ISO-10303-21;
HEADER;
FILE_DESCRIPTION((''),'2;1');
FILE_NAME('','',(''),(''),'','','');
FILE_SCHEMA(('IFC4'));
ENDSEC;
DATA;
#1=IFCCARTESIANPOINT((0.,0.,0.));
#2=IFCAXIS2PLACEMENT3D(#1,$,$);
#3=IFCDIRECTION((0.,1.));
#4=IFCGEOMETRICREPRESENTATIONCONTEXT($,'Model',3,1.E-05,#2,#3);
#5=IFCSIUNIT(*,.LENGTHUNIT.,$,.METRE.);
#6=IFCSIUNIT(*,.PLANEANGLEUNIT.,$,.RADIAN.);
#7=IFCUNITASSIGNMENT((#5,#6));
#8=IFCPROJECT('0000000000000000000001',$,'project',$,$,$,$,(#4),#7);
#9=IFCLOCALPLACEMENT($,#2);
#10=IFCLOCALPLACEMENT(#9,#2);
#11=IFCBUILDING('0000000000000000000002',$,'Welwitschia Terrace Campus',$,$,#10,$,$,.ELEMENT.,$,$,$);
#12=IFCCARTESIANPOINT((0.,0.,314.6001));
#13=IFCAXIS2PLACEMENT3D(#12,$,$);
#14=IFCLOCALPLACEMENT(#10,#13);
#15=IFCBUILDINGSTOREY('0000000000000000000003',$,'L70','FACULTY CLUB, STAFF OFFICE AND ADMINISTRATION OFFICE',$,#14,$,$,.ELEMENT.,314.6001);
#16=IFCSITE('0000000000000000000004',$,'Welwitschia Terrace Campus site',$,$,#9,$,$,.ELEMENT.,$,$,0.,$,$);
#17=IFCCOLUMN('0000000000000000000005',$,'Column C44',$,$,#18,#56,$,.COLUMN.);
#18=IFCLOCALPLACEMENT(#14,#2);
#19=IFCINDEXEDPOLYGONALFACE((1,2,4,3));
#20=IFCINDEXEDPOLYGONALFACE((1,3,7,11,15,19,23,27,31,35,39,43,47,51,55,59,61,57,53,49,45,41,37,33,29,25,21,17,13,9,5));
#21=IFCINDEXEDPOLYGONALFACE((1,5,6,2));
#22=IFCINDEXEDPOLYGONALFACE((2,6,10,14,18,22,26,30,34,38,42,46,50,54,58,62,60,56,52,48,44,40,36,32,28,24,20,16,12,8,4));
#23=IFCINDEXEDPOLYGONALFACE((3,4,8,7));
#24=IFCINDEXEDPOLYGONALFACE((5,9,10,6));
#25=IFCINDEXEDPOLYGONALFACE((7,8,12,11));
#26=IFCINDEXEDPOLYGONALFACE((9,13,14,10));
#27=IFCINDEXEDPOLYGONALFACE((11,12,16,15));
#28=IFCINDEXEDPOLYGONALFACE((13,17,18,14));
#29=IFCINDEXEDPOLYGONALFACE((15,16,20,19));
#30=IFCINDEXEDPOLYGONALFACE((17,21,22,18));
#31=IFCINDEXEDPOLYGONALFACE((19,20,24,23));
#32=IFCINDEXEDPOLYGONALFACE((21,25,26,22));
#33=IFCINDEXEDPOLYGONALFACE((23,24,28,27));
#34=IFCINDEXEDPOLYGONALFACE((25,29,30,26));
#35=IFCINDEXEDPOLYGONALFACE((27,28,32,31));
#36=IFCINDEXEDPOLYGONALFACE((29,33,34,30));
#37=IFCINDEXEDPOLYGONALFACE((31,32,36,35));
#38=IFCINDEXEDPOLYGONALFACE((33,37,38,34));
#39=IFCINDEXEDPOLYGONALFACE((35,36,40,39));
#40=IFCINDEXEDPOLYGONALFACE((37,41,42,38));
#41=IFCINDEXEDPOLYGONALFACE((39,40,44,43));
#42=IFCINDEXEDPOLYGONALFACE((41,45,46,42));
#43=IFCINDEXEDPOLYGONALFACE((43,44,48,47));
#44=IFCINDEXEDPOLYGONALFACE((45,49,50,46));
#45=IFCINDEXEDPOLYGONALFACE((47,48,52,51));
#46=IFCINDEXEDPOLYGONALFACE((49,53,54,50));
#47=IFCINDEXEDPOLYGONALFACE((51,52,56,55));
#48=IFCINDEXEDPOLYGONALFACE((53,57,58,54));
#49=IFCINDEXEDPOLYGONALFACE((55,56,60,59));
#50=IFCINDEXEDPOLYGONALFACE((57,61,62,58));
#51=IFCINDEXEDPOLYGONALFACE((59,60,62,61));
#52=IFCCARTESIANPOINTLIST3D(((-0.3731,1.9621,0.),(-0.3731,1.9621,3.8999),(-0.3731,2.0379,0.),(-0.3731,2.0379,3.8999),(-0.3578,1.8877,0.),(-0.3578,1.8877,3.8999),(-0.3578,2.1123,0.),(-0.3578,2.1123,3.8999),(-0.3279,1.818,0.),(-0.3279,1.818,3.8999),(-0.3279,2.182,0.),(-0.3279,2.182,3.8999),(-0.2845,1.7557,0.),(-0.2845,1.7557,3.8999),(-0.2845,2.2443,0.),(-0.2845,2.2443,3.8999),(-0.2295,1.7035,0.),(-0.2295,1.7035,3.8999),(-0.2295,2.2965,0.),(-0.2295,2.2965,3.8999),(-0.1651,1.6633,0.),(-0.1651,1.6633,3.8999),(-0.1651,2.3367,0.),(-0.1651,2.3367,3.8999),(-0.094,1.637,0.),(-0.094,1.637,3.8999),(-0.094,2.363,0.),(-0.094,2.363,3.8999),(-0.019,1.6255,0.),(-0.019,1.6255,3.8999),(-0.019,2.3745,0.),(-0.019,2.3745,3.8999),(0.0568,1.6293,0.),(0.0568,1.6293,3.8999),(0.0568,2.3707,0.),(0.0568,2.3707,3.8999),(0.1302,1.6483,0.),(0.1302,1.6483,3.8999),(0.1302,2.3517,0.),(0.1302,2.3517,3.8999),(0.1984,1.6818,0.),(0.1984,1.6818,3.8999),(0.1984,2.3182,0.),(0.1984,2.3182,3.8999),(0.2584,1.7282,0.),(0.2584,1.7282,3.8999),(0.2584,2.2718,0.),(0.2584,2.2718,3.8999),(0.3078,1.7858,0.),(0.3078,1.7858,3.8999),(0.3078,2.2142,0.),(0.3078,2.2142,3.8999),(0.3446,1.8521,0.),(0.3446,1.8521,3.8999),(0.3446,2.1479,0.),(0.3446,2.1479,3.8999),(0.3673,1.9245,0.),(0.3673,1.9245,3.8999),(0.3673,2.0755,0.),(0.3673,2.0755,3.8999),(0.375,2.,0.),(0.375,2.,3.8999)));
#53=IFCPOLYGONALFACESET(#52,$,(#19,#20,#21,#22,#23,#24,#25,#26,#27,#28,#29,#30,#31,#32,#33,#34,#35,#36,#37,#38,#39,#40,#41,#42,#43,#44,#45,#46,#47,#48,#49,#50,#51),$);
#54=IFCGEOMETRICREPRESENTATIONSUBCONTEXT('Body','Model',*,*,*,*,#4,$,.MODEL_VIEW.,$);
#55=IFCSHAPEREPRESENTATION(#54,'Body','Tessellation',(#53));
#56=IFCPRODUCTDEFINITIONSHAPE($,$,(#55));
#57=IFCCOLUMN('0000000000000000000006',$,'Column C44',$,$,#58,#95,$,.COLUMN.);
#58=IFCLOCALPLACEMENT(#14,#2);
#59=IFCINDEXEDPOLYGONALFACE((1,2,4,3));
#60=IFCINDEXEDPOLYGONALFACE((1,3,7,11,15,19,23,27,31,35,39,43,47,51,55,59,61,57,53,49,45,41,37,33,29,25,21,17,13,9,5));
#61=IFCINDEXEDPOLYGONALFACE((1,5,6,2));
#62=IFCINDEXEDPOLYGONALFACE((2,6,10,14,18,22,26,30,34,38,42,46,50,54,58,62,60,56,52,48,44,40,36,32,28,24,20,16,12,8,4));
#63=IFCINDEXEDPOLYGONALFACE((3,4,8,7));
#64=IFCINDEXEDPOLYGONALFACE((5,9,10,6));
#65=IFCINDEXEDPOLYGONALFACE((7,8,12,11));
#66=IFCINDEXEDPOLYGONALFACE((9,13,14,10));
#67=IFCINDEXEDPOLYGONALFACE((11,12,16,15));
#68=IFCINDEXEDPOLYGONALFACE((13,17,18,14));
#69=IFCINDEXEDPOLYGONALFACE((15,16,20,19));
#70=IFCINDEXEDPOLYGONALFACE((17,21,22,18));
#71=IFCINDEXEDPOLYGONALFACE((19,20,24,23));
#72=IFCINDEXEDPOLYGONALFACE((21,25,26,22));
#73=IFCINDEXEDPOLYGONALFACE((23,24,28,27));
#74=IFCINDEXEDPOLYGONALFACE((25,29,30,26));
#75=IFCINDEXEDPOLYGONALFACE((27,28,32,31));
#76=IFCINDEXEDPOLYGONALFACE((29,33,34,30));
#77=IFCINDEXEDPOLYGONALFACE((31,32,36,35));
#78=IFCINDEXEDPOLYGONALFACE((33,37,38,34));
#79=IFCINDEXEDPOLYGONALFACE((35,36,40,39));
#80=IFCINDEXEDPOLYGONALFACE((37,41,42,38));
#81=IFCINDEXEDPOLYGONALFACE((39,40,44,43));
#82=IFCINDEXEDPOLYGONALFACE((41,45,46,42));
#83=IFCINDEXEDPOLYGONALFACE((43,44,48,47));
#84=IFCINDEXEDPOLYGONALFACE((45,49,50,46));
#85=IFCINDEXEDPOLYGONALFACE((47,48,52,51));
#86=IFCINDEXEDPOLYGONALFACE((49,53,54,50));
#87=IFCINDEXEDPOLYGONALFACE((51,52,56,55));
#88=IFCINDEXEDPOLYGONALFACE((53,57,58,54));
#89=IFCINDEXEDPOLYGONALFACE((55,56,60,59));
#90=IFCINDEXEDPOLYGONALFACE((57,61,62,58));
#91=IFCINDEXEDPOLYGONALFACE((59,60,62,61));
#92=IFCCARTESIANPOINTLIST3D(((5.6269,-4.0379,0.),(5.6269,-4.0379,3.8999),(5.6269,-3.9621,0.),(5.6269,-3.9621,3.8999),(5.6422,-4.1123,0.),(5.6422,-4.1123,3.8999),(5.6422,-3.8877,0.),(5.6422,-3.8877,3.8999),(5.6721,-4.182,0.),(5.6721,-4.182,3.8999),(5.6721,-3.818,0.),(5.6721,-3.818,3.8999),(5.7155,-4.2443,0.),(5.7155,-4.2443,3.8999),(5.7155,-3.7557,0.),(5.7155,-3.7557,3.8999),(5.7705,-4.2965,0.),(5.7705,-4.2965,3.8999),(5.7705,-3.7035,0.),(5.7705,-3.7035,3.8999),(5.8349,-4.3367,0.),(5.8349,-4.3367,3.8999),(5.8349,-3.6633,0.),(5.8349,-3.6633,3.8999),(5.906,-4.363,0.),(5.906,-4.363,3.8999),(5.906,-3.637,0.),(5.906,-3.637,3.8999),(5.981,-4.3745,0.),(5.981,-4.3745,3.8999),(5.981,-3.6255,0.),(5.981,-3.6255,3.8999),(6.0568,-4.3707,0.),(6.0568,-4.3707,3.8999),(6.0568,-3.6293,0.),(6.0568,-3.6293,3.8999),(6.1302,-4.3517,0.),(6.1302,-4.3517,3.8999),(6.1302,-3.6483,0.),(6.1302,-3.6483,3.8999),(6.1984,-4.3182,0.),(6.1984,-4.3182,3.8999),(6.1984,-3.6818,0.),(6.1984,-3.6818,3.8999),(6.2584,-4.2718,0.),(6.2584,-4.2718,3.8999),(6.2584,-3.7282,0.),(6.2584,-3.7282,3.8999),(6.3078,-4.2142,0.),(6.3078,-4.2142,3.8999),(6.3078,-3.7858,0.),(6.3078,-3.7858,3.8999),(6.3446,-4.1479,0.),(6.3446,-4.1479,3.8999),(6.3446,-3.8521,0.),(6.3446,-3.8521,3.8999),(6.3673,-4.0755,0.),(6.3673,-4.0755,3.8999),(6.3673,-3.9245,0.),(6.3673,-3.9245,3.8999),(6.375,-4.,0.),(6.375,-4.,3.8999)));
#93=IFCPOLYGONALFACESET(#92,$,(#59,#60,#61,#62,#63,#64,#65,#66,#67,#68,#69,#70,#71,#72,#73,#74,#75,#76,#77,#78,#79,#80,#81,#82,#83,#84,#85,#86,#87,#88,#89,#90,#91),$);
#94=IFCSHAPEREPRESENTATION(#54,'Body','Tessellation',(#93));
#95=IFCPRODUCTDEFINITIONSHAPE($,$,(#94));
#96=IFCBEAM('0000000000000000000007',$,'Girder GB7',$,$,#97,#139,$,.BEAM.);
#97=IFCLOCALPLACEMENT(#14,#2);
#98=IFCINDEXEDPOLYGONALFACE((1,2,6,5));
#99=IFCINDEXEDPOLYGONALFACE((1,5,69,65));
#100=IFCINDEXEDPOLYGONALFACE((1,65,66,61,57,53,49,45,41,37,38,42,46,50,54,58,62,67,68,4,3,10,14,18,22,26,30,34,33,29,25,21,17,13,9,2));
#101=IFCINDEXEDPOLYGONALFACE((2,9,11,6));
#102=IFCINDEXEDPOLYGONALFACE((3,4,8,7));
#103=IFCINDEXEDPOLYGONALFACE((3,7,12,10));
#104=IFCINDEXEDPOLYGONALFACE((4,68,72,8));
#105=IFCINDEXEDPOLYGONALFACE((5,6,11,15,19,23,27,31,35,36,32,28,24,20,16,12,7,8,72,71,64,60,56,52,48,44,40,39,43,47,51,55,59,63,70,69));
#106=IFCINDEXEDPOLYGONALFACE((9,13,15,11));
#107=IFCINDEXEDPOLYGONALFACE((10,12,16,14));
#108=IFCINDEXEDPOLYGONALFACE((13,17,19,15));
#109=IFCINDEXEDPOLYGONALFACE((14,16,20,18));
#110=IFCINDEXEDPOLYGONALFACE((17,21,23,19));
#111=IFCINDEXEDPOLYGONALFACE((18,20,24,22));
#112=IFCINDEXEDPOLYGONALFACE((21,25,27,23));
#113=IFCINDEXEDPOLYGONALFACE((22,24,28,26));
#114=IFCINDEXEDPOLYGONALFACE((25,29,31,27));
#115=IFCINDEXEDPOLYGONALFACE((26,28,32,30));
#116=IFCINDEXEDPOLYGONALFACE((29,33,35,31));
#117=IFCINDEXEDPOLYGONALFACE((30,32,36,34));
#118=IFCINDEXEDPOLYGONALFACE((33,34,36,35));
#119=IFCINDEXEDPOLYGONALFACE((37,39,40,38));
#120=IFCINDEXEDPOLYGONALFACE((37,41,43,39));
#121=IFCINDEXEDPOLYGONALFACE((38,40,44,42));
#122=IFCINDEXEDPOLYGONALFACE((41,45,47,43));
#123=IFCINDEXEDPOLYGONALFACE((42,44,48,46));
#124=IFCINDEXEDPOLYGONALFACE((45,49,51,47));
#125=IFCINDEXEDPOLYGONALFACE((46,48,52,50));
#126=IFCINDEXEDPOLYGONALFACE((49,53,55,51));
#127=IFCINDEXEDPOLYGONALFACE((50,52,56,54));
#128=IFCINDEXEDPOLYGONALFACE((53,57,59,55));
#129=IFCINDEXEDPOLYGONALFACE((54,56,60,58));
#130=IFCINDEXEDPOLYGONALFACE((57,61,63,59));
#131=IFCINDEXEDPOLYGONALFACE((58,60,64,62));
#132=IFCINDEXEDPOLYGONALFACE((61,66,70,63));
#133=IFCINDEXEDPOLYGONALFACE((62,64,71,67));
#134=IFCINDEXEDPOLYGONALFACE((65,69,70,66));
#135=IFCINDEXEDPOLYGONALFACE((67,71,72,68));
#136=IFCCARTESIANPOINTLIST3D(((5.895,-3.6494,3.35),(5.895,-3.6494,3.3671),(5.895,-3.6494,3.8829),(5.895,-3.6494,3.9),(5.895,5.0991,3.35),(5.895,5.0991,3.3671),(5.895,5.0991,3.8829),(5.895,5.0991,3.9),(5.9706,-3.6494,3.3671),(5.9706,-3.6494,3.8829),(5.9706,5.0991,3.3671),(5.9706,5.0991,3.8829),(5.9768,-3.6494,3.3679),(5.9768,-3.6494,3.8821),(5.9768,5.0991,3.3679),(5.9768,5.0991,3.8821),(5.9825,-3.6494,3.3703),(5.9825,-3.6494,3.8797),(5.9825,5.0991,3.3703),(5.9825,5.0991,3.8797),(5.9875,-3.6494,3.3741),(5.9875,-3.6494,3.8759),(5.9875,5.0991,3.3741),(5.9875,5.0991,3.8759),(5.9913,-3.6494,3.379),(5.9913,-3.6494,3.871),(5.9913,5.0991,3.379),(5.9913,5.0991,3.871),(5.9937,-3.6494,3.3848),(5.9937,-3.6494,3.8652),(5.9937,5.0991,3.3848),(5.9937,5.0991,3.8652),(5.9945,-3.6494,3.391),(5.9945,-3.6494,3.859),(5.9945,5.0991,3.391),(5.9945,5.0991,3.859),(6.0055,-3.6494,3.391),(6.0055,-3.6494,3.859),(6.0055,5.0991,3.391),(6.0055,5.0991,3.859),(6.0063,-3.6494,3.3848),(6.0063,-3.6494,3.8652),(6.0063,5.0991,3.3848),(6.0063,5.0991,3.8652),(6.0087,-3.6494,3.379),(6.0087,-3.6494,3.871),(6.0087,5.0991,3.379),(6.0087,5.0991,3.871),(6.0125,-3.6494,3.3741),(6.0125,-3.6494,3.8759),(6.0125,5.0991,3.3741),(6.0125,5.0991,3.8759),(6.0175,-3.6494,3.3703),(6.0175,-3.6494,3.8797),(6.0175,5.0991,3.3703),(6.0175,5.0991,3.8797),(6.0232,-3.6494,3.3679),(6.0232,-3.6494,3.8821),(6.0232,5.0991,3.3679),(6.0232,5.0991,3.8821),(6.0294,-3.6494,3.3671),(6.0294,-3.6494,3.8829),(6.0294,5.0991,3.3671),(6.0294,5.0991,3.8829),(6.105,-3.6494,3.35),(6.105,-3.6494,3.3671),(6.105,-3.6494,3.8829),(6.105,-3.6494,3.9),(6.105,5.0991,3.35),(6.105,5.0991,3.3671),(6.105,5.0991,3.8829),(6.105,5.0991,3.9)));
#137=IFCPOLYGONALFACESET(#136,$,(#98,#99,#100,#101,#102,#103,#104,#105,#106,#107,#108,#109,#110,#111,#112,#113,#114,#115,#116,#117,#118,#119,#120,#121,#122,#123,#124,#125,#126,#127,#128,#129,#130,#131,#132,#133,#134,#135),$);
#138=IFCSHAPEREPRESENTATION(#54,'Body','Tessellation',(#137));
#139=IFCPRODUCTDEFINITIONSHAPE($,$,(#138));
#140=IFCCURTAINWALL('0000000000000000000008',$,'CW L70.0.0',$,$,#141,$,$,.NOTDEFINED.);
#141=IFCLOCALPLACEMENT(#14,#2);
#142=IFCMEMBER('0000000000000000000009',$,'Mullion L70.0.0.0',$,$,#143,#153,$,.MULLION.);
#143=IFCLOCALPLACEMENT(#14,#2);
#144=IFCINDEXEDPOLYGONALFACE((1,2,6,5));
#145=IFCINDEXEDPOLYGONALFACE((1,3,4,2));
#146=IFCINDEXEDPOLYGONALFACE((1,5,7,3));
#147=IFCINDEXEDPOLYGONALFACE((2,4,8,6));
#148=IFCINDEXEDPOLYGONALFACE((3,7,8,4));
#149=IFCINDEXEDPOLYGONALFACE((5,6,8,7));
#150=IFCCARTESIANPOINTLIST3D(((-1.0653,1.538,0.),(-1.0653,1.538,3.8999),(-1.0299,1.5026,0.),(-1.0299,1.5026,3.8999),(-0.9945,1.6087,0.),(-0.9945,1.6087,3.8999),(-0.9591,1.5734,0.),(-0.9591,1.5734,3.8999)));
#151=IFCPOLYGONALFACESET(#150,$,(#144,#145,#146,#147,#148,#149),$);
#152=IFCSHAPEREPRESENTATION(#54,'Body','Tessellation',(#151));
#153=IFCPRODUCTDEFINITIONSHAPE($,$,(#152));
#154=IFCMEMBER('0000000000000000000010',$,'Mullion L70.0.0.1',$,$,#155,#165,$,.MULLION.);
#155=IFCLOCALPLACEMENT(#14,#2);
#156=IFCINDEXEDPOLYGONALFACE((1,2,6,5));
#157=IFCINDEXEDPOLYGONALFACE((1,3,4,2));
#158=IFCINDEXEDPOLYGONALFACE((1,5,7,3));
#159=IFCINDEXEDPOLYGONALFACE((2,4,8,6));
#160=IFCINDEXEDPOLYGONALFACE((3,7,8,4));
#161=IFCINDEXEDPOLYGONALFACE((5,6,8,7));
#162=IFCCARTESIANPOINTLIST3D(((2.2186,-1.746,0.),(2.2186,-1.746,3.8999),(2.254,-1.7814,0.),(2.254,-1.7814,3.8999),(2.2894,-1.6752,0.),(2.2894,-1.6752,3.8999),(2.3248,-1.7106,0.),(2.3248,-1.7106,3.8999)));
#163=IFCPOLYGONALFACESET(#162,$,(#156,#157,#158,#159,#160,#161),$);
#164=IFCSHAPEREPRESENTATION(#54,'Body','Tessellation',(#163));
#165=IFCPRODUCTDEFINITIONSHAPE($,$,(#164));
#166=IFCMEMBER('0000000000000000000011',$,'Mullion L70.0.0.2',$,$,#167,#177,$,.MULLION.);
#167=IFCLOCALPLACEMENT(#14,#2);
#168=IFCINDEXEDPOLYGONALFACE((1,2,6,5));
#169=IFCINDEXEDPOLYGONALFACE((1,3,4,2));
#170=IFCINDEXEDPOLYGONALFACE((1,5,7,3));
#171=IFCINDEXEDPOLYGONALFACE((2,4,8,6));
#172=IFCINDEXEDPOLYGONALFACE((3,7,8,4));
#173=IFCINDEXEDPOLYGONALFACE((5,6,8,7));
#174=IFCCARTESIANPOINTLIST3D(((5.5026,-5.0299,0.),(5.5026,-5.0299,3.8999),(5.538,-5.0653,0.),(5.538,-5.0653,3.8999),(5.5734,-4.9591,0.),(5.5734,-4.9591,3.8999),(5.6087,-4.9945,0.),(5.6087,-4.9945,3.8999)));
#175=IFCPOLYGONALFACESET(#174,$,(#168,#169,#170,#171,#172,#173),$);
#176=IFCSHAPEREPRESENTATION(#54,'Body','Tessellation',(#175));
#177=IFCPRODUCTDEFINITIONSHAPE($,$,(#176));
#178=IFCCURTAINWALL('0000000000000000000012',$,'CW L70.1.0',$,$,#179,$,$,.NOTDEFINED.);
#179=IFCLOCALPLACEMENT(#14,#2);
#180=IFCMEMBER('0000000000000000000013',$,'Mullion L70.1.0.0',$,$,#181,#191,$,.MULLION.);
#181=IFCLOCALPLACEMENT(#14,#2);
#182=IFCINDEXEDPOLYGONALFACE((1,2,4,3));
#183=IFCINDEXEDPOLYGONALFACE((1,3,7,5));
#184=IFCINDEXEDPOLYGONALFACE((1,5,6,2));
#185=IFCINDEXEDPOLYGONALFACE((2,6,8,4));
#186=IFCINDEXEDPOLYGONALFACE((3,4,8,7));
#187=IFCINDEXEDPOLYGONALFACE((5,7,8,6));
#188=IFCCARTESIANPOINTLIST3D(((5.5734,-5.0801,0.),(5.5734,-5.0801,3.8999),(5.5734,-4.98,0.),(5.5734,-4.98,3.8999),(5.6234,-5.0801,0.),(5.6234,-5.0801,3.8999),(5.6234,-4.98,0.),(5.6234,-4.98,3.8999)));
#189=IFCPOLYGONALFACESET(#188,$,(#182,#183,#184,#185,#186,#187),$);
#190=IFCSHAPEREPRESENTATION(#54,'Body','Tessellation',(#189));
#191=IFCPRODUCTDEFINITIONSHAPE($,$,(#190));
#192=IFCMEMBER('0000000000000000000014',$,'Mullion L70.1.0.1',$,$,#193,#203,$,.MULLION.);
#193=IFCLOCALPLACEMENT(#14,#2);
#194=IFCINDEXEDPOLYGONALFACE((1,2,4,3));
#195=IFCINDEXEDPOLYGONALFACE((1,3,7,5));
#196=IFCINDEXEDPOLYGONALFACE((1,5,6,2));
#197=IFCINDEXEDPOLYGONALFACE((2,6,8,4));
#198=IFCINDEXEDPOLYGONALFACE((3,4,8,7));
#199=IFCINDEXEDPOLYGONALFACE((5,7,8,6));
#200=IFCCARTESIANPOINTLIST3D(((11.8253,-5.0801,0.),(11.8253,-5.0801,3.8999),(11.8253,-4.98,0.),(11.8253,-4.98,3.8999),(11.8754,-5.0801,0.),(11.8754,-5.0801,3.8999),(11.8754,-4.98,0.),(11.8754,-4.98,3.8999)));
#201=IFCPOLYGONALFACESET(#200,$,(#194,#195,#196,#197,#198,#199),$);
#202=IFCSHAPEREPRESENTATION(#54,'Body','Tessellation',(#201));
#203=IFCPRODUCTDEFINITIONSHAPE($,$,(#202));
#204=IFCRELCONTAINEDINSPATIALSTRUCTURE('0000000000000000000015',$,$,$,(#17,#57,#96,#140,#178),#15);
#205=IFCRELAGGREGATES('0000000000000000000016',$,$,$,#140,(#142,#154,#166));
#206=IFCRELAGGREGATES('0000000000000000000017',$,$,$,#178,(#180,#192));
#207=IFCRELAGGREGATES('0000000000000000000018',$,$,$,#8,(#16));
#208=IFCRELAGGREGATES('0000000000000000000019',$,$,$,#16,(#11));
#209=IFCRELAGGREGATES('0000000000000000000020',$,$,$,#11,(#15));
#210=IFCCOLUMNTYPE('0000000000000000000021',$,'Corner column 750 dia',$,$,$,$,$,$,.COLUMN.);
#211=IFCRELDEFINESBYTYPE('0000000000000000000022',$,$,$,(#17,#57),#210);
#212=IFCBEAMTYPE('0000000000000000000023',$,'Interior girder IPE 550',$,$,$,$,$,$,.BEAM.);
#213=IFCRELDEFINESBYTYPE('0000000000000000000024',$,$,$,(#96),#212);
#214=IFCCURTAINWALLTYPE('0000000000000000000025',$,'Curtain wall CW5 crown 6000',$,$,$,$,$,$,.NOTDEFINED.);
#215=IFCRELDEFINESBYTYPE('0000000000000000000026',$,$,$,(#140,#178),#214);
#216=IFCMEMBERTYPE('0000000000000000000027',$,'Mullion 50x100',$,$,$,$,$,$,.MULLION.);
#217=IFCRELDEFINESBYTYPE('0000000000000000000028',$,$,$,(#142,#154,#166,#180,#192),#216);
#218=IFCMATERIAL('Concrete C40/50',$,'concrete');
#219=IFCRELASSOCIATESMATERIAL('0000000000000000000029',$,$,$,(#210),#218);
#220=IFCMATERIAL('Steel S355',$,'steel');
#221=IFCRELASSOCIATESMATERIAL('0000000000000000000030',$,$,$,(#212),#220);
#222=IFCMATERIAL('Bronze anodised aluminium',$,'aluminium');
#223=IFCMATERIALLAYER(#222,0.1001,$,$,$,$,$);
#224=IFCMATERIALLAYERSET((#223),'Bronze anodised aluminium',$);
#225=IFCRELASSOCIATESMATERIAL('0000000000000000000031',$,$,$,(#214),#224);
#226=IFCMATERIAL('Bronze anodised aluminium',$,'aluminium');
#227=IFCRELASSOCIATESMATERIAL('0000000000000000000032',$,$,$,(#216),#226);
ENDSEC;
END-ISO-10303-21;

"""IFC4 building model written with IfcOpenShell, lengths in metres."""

from ifc_helpers import new_model, si_unit, direction, frame, origin, origin_2d, place, context, subcontext, project, spatial, rectangle, circle, i_section, extrude, material, layer, layer_set, material_profile, profile_set, type_object, element, aggregate, save


model = new_model("IFC4")

# Units and contexts
model_context = context("Model", 3, precision=1e-05, world=origin(), true_north=direction((0.0, 1.0)))
body_context = subcontext(model_context, "Body", "Model", "MODEL_VIEW")
ifc_project = project(units=[si_unit("LENGTHUNIT", "METRE"), si_unit("PLANEANGLEUNIT", "RADIAN")], contexts=[model_context])

# Site, building, storey
site_placement = place(None, origin())
site = spatial("IfcSite", under=ifc_project, at=site_placement, Name="Welwitschia Terrace Campus site", CompositionType="ELEMENT", RefElevation=0.0)
building_placement = place(site_placement, origin())
building = spatial("IfcBuilding", under=site, at=building_placement, Name="Welwitschia Terrace Campus", CompositionType="ELEMENT")
storey_placement = place(building_placement, frame((0.0, 0.0, 314.6001)))
storey = spatial("IfcBuildingStorey", under=building, at=storey_placement, Name="L70", Description="FACULTY CLUB, STAFF OFFICE AND ADMINISTRATION OFFICE", CompositionType="ELEMENT", Elevation=314.6001)

# Columns
ifc_material_1 = material(Name="Concrete C40/50", Category="concrete")
ifc_material_profile_1 = material_profile(ifc_material_1, circle(Radius=0.375, at=origin_2d()))
ifc_profile_set_1 = profile_set([ifc_material_profile_1], Name="Concrete C40/50")
column_type = type_object("IfcColumnType", Name="Corner column 750 dia", PredefinedType="COLUMN", material=ifc_profile_set_1)
for number, where, z_axis, x_axis, name in (
    (1, (0.0, 2.0, 0.0), (0.0, 0.0, 1.0), (1.0, 0.0, 0.0), "Column C44"),
    (2, (6.0, -4.0, 0.0), (0.0, 0.0, 1.0), (1.0, 0.0, 0.0), "Column C44"),
):
    element("IfcColumn", number, at=place(storey_placement, frame(where, z_axis=z_axis, x_axis=x_axis)), inside=storey, type_object=column_type, Name=name, PredefinedType="COLUMN", context=body_context, shape_type="SweptSolid", body=[
        extrude(circle(Radius=0.375, at=origin_2d()), origin(), (0.0, 0.0, 1.0), 3.8999),
    ])

# Beam
ifc_material_2 = material(Name="Steel S355", Category="steel")
ifc_material_profile_2 = material_profile(ifc_material_2, i_section(OverallWidth=0.21, OverallDepth=0.55, WebThickness=0.011, FlangeThickness=0.0171, FilletRadius=0.0239, at=origin_2d()))
ifc_profile_set_2 = profile_set([ifc_material_profile_2], Name="Steel S355")
beam_type_1 = type_object("IfcBeamType", Name="Interior girder IPE 550", PredefinedType="BEAM", material=ifc_profile_set_2)
beam_1_placement = place(storey_placement, frame((6.0, -3.6494, 3.625), z_axis=(0.0, 1.0, 0.0), x_axis=(-1.0, 0.0, 0.0)))
element("IfcBeam", 3, at=beam_1_placement, inside=storey, type_object=beam_type_1, Name="Girder GB7", PredefinedType="BEAM", context=body_context, shape_type="SweptSolid", body=[
    extrude(i_section(OverallWidth=0.21, OverallDepth=0.55, WebThickness=0.011, FlangeThickness=0.0171, FilletRadius=0.0239, at=origin_2d()), origin(), (0.0, 0.0, 1.0), 8.7485),
])

# Curtain walls, members
ifc_material_3 = material(Name="Bronze anodised aluminium", Category="aluminium")
ifc_layer_1 = layer(ifc_material_3, 0.1001)
ifc_layer_set_1 = layer_set([ifc_layer_1], Name="Bronze anodised aluminium")
curtain_wall_type = type_object("IfcCurtainWallType", Name="Curtain wall CW5 crown 6000", PredefinedType="NOTDEFINED", material=ifc_layer_set_1)
curtain_wall_1_placement = place(storey_placement, origin())
curtain_wall_1 = element("IfcCurtainWall", 4, at=curtain_wall_1_placement, inside=storey, type_object=curtain_wall_type, Name="CW L70.0.0", PredefinedType="NOTDEFINED")
ifc_material_4 = material(Name="Bronze anodised aluminium", Category="aluminium")
ifc_material_profile_3 = material_profile(ifc_material_4, rectangle(XDim=0.1001, YDim=0.05, at=origin_2d()))
ifc_profile_set_3 = profile_set([ifc_material_profile_3], Name="Bronze anodised aluminium")
member_type_1 = type_object("IfcMemberType", Name="Mullion 50x100", PredefinedType="MULLION", material=ifc_profile_set_3)
member_1_placement = place(storey_placement, frame((-1.0122, 1.5557, 0.0), z_axis=(0.0, 0.0, 1.0), x_axis=(0.707107, 0.707107, 0.0)))
member_1 = element("IfcMember", 5, at=member_1_placement, type_object=member_type_1, Name="Mullion L70.0.0.0", PredefinedType="MULLION", context=body_context, shape_type="SweptSolid", body=[
    extrude(rectangle(XDim=0.1001, YDim=0.05, at=origin_2d()), origin(), (0.0, 0.0, 1.0), 3.8999),
])
member_2_placement = place(storey_placement, frame((2.2717, -1.7283, 0.0), z_axis=(0.0, 0.0, 1.0), x_axis=(0.707107, 0.707107, 0.0)))
member_2 = element("IfcMember", 6, at=member_2_placement, type_object=member_type_1, Name="Mullion L70.0.0.1", PredefinedType="MULLION", context=body_context, shape_type="SweptSolid", body=[
    extrude(rectangle(XDim=0.1001, YDim=0.05, at=origin_2d()), origin(), (0.0, 0.0, 1.0), 3.8999),
])
member_3_placement = place(storey_placement, frame((5.5557, -5.0122, 0.0), z_axis=(0.0, 0.0, 1.0), x_axis=(0.707107, 0.707107, 0.0)))
member_3 = element("IfcMember", 7, at=member_3_placement, type_object=member_type_1, Name="Mullion L70.0.0.2", PredefinedType="MULLION", context=body_context, shape_type="SweptSolid", body=[
    extrude(rectangle(XDim=0.1001, YDim=0.05, at=origin_2d()), origin(), (0.0, 0.0, 1.0), 3.8999),
])
curtain_wall_2_placement = place(storey_placement, origin())
curtain_wall_2 = element("IfcCurtainWall", 8, at=curtain_wall_2_placement, inside=storey, type_object=curtain_wall_type, Name="CW L70.1.0", PredefinedType="NOTDEFINED")
member_4_placement = place(storey_placement, frame((5.5984, -5.03, 0.0), z_axis=(0.0, 0.0, 1.0), x_axis=(0.0, 1.0, 0.0)))
member_4 = element("IfcMember", 9, at=member_4_placement, type_object=member_type_1, Name="Mullion L70.1.0.0", PredefinedType="MULLION", context=body_context, shape_type="SweptSolid", body=[
    extrude(rectangle(XDim=0.1001, YDim=0.05, at=origin_2d()), origin(), (0.0, 0.0, 1.0), 3.8999),
])
member_5_placement = place(storey_placement, frame((11.8503, -5.03, 0.0), z_axis=(0.0, 0.0, 1.0), x_axis=(0.0, 1.0, 0.0)))
member_5 = element("IfcMember", 10, at=member_5_placement, type_object=member_type_1, Name="Mullion L70.1.0.1", PredefinedType="MULLION", context=body_context, shape_type="SweptSolid", body=[
    extrude(rectangle(XDim=0.1001, YDim=0.05, at=origin_2d()), origin(), (0.0, 0.0, 1.0), 3.8999),
])

aggregate(curtain_wall_1, [member_1, member_2, member_3])
aggregate(curtain_wall_2, [member_4, member_5])

save(model, "model.ifc")
